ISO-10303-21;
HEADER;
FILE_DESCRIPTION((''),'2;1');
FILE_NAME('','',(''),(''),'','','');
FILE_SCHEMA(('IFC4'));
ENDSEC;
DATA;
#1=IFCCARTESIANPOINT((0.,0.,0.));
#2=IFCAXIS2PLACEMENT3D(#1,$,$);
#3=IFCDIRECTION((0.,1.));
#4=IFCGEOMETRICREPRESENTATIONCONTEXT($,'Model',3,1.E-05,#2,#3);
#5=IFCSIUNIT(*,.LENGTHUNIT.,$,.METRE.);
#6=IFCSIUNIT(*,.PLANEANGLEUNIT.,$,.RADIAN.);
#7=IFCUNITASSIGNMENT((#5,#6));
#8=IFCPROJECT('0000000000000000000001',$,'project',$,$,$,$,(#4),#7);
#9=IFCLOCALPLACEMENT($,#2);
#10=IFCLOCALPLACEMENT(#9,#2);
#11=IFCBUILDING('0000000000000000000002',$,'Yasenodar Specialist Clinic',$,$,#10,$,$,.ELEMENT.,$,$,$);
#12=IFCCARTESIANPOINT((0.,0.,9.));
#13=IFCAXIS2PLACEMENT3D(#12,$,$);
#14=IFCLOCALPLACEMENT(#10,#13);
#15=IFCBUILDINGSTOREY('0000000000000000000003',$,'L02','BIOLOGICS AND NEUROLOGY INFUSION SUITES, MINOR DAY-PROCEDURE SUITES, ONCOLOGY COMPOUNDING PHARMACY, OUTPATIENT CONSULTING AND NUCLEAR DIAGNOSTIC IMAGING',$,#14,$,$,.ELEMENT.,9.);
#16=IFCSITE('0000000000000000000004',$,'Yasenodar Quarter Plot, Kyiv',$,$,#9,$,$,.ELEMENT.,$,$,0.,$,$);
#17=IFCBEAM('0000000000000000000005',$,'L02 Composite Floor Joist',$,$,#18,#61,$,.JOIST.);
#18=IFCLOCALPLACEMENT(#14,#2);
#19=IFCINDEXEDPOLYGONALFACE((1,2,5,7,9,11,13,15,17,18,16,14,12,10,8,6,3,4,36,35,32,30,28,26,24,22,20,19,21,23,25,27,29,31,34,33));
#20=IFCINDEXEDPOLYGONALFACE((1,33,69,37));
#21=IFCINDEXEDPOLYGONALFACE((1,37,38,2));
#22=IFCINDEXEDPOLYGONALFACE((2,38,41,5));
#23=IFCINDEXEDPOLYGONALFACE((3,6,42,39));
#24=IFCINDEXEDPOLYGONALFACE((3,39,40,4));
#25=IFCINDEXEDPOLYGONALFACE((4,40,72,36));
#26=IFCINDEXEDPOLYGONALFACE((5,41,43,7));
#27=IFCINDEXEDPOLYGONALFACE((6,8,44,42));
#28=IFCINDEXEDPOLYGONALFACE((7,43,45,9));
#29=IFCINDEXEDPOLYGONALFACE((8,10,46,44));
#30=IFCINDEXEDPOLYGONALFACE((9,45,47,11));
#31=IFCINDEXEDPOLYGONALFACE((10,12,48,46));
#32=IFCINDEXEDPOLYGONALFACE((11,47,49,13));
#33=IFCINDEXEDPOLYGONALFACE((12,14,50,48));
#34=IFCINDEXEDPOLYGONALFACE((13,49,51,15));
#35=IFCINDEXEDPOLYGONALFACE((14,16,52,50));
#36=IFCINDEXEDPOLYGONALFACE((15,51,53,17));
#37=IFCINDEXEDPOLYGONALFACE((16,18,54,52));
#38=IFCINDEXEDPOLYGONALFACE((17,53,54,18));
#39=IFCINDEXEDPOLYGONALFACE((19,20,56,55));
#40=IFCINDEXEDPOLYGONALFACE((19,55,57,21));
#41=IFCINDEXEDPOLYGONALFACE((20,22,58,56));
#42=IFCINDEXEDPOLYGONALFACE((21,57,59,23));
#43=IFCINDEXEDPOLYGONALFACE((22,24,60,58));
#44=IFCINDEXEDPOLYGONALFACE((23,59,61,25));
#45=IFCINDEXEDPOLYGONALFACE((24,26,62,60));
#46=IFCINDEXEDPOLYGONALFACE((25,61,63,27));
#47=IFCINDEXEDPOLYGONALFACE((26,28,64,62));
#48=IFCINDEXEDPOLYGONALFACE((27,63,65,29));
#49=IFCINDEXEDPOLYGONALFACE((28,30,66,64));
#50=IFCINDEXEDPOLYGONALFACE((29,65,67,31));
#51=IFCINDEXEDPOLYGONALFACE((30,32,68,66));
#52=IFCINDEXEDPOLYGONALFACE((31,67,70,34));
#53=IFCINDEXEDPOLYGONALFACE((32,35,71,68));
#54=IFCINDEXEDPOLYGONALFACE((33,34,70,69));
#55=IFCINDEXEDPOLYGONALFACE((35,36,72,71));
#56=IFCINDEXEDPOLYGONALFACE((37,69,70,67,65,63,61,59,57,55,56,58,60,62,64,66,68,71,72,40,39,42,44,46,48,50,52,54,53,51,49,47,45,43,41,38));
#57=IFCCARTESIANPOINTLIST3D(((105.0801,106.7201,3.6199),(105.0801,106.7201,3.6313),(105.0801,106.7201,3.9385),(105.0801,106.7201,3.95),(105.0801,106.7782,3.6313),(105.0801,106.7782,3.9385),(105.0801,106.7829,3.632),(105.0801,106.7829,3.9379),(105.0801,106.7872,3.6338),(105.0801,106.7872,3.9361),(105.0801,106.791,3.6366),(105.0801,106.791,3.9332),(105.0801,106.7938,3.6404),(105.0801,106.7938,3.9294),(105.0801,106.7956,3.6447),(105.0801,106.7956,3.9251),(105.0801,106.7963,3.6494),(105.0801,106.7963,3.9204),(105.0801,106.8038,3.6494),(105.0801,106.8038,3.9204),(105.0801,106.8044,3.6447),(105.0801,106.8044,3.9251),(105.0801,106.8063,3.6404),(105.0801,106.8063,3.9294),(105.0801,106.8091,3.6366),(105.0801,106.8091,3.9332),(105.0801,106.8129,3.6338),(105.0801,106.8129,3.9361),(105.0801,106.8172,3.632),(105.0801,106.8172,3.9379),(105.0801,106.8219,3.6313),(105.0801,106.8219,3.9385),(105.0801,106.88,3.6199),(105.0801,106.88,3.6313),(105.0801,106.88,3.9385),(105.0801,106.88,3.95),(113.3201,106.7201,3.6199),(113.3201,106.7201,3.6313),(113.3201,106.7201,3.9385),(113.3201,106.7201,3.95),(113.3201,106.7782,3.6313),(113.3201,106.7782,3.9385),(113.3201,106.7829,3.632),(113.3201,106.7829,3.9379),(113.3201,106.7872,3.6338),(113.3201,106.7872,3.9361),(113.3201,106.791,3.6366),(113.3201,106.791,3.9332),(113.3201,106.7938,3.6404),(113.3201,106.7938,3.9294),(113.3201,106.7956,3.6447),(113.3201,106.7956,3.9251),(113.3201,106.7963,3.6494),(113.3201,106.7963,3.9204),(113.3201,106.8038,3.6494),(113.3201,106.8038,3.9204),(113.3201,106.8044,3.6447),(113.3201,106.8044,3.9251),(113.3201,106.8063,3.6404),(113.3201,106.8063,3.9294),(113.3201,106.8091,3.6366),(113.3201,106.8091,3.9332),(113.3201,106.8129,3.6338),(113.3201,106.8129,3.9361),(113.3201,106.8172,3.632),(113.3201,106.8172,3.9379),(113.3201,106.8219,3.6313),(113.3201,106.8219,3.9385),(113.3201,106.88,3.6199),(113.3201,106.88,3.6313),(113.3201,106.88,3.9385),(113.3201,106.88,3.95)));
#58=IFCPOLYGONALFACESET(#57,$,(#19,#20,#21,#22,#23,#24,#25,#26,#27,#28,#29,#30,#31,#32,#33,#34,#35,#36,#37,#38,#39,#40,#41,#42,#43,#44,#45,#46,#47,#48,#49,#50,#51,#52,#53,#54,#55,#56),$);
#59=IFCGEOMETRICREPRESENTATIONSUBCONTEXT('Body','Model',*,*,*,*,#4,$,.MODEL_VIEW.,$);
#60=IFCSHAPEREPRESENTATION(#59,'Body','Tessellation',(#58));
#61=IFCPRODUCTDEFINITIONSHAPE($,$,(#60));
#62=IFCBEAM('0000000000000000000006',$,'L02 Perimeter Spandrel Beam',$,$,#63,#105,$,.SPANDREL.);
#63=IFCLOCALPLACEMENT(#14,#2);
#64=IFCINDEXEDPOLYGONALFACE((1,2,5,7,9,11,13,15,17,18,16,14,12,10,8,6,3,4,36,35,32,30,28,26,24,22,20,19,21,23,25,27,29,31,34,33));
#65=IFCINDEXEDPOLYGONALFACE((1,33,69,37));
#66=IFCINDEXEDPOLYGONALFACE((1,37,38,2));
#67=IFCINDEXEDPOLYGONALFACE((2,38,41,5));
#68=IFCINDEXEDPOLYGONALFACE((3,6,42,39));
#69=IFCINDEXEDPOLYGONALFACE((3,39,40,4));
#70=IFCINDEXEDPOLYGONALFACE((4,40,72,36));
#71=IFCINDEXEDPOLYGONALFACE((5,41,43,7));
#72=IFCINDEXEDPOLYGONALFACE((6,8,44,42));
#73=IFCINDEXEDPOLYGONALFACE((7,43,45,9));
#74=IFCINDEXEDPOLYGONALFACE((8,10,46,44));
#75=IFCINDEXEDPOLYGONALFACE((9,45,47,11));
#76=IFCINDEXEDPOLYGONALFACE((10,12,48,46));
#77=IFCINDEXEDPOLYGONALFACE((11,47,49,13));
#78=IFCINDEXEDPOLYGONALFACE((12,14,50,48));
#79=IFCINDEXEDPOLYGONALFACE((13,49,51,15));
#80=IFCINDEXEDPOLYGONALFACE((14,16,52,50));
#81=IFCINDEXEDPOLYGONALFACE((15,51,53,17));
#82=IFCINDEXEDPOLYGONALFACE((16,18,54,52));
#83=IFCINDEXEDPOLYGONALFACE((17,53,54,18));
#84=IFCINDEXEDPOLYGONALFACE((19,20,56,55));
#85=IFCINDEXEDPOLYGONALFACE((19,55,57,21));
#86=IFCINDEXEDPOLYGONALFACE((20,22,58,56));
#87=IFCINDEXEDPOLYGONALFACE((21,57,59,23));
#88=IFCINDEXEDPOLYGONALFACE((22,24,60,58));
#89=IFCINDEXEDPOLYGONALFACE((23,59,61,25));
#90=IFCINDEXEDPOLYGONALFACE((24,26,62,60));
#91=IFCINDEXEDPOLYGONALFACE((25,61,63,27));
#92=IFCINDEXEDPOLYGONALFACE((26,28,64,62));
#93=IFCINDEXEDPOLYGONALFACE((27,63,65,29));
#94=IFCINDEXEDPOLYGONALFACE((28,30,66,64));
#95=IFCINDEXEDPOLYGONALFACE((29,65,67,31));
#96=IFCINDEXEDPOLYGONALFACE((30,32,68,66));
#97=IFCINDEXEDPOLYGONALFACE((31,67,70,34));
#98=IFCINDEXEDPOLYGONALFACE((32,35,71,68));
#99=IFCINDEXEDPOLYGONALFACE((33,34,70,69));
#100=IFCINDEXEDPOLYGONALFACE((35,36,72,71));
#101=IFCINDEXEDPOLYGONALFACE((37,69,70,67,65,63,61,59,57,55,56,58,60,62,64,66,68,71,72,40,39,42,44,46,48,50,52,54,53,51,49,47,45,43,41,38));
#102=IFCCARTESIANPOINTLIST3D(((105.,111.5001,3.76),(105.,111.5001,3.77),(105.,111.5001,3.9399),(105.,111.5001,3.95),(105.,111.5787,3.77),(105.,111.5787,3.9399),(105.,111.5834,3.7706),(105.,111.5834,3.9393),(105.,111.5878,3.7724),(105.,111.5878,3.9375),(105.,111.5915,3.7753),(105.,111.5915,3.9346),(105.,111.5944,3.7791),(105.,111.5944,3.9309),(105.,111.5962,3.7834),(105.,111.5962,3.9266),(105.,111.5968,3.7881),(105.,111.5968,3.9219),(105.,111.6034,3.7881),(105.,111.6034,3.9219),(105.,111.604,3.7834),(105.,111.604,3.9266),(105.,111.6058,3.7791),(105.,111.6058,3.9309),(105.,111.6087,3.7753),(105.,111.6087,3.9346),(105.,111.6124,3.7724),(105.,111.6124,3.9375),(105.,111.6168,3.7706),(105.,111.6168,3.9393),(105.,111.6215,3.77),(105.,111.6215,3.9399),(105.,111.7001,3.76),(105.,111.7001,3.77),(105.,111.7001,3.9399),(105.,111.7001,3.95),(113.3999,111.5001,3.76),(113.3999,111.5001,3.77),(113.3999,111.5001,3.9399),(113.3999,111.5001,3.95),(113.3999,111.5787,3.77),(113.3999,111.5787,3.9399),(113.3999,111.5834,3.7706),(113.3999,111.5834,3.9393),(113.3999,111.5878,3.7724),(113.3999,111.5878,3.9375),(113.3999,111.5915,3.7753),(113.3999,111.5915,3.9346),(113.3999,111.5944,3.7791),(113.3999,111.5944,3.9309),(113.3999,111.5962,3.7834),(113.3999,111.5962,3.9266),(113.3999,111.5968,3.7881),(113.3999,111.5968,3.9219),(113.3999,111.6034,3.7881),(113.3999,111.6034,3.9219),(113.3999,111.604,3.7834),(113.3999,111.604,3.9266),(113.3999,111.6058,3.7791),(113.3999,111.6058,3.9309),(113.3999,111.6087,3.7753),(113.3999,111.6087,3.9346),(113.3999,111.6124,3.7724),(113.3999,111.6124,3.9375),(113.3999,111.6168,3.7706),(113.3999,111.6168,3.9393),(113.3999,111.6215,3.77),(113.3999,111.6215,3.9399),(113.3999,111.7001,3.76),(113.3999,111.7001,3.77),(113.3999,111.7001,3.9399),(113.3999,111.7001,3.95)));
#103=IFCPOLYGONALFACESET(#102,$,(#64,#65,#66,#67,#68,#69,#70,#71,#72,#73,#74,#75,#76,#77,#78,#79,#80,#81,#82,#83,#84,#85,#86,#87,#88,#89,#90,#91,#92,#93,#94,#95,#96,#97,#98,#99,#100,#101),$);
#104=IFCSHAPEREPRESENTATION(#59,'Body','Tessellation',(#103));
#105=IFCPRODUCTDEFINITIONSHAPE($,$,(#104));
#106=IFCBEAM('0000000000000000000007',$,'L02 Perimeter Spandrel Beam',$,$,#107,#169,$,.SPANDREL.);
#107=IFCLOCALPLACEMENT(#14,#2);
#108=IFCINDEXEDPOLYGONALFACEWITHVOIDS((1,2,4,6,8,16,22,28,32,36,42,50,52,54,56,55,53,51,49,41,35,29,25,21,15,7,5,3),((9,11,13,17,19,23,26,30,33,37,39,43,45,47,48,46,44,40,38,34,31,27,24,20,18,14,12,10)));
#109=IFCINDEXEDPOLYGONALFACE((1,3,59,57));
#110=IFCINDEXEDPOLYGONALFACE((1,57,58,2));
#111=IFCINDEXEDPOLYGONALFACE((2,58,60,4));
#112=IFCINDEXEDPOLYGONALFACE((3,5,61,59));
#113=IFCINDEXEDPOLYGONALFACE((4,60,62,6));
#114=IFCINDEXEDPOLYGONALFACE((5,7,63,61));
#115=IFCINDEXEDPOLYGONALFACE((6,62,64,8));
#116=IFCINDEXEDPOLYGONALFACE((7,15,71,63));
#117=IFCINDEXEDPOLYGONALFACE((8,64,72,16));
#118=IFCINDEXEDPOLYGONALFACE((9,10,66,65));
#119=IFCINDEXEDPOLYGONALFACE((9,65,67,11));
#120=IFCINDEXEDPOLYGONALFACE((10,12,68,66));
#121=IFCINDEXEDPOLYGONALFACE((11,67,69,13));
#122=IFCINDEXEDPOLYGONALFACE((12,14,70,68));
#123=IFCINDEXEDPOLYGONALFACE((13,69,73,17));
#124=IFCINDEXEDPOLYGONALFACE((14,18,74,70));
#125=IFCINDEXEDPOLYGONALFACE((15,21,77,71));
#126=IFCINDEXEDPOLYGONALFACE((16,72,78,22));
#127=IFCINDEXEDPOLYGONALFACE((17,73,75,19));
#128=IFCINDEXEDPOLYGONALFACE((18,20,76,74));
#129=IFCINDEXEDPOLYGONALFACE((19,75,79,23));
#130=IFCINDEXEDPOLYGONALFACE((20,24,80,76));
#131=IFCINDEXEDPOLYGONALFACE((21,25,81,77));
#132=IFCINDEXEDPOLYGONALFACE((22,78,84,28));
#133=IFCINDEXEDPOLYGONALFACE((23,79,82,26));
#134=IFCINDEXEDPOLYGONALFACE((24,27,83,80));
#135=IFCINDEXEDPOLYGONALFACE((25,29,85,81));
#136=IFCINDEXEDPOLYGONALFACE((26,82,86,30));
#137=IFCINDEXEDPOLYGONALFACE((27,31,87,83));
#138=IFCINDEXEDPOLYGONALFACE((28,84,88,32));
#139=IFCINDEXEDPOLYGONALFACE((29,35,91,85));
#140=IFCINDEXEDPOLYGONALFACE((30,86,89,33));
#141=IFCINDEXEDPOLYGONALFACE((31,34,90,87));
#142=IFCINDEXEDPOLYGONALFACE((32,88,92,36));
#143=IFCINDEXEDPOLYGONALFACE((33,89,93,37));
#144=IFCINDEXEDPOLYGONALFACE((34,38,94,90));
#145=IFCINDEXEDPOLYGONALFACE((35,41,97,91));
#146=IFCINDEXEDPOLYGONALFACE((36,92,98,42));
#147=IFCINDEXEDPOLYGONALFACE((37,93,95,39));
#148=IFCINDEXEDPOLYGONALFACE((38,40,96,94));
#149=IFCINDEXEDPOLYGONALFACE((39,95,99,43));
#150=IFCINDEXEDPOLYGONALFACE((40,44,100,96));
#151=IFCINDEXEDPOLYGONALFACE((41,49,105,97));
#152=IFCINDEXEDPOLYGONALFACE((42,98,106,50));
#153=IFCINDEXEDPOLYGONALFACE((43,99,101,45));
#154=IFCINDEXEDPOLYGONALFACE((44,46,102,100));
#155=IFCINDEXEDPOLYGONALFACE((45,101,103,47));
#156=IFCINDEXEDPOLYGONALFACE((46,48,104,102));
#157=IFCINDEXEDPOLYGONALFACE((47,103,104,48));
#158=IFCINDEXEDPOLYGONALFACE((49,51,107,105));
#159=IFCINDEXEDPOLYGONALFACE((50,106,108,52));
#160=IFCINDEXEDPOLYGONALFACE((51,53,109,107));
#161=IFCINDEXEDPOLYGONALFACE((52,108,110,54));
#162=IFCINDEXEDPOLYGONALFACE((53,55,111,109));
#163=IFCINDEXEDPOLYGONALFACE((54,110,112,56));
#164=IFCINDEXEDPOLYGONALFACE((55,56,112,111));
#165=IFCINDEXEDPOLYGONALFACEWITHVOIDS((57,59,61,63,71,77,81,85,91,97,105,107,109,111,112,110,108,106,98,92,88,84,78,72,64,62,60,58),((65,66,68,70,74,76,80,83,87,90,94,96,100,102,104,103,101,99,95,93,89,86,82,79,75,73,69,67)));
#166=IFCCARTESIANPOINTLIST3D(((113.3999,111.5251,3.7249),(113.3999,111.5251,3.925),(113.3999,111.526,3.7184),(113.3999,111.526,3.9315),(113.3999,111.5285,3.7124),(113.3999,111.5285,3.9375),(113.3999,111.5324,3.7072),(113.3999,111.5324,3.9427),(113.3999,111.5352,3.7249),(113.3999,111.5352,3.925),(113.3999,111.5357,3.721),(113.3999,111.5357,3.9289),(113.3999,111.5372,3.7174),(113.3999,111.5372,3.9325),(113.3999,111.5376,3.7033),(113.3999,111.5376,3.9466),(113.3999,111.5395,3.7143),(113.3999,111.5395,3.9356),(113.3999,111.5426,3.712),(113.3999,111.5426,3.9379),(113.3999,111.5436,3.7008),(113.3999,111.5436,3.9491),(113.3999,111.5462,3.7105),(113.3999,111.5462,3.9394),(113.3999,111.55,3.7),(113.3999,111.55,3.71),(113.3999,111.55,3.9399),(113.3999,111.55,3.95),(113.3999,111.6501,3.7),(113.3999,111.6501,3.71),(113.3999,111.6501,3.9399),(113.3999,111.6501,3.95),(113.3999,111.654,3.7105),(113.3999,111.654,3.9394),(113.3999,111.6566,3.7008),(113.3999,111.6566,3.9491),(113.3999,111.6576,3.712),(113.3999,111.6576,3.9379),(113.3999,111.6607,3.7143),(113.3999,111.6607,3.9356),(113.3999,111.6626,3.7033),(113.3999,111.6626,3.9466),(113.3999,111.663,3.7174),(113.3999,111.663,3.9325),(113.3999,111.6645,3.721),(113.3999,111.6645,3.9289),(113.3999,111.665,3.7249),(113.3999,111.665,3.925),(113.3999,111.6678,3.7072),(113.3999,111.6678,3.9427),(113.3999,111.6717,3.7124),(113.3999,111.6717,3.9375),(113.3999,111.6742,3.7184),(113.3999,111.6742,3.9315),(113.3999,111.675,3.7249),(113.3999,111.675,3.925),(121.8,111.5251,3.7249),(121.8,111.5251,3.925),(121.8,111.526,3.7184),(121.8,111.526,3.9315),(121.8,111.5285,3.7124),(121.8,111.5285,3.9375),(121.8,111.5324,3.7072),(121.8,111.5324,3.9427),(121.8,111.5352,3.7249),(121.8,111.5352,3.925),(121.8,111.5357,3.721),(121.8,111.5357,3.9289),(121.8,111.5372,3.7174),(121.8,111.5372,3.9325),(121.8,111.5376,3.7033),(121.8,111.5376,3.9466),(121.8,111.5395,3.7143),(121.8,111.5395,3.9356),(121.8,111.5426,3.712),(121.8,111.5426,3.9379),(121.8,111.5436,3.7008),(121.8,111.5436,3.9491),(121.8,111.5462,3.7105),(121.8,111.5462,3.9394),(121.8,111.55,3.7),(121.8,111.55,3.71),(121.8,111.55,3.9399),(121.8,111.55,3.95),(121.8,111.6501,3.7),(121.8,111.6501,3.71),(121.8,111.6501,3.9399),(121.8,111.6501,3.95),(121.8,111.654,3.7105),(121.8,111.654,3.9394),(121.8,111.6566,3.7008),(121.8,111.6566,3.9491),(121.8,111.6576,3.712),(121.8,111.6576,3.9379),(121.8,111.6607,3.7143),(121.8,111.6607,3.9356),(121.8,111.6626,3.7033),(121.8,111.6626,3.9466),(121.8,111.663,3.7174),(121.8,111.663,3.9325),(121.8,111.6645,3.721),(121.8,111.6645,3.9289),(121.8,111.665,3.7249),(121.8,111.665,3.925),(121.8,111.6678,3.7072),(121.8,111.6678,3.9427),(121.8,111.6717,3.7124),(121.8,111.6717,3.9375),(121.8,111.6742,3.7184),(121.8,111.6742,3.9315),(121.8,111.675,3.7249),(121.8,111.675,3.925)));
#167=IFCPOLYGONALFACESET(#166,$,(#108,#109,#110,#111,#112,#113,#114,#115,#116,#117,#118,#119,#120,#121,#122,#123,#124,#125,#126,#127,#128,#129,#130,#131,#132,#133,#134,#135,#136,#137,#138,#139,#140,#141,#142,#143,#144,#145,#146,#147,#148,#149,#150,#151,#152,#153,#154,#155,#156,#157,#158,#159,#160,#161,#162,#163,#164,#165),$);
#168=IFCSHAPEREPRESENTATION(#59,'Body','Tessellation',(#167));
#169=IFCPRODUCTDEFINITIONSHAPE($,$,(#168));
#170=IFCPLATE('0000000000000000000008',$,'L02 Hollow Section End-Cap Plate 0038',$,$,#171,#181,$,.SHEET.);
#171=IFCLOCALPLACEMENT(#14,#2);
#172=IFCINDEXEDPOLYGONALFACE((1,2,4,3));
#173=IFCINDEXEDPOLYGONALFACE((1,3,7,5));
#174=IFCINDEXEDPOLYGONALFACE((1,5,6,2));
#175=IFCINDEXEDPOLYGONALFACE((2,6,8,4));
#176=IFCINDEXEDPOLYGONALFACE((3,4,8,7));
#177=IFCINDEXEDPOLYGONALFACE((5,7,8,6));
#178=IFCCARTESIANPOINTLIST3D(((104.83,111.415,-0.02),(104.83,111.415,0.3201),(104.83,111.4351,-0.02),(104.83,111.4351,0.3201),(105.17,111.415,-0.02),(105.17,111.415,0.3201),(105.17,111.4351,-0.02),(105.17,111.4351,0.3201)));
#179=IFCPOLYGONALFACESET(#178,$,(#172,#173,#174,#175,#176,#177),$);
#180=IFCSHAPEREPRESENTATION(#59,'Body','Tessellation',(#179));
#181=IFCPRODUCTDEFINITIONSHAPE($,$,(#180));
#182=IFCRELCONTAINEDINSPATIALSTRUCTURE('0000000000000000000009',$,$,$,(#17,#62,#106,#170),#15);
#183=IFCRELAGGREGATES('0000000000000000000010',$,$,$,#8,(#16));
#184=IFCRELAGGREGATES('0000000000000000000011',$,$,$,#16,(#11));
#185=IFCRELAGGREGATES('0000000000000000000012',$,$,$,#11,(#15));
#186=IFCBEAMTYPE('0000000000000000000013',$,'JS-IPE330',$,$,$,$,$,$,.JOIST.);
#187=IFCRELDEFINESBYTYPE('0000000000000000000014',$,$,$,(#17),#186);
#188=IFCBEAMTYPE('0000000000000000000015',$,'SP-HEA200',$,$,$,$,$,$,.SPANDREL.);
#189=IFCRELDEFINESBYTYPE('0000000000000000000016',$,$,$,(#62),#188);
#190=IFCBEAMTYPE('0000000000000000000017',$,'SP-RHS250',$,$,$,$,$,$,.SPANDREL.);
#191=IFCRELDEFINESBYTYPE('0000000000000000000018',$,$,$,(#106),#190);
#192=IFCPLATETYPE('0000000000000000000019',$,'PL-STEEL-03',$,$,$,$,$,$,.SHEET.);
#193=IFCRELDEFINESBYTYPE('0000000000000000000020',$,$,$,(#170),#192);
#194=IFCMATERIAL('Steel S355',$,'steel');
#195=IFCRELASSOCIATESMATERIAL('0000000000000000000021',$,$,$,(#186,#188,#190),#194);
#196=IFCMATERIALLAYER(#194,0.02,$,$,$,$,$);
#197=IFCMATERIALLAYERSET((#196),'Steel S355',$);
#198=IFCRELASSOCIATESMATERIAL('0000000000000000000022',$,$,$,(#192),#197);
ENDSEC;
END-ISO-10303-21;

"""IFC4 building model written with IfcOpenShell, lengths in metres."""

from ifc_helpers import new_model, si_unit, direction, frame, origin, origin_2d, place, context, subcontext, project, spatial, rectangle, hollow_rectangle, i_section, extrude, material, layer, layer_set, material_profile, profile_set, type_object, element, save


model = new_model("IFC4")

# Units and contexts
model_context = context("Model", 3, precision=1e-05, world=origin(), true_north=direction((0.0, 1.0)))
body_context = subcontext(model_context, "Body", "Model", "MODEL_VIEW")
ifc_project = project(units=[si_unit("LENGTHUNIT", "METRE"), si_unit("PLANEANGLEUNIT", "RADIAN")], contexts=[model_context])

# Site, building, storey
site_placement = place(None, origin())
site = spatial("IfcSite", under=ifc_project, at=site_placement, Name="Yasenodar Quarter Plot, Kyiv", CompositionType="ELEMENT", RefElevation=0.0)
building_placement = place(site_placement, origin())
building = spatial("IfcBuilding", under=site, at=building_placement, Name="Yasenodar Specialist Clinic", CompositionType="ELEMENT")
storey_placement = place(building_placement, frame((0.0, 0.0, 9.0)))
storey = spatial("IfcBuildingStorey", under=building, at=storey_placement, Name="L02", Description="BIOLOGICS AND NEUROLOGY INFUSION SUITES, MINOR DAY-PROCEDURE SUITES, ONCOLOGY COMPOUNDING PHARMACY, OUTPATIENT CONSULTING AND NUCLEAR DIAGNOSTIC IMAGING", CompositionType="ELEMENT", Elevation=9.0)

# Shared definitions
ifc_material_1 = material(Name="Steel S355", Category="steel")

# Beams
ifc_material_profile_1 = material_profile(ifc_material_1, i_section(OverallWidth=0.1599, OverallDepth=0.3301, WebThickness=0.0076, FlangeThickness=0.0115, FilletRadius=0.0181, at=origin_2d()), Name="IPE 330")
ifc_profile_set_1 = profile_set([ifc_material_profile_1], Name="Steel S355")
beam_type_1 = type_object("IfcBeamType", Name="JS-IPE330", PredefinedType="JOIST", material=ifc_profile_set_1)
beam_1_placement = place(storey_placement, frame((105.0801, 106.8, 3.7849), z_axis=(1.0, 0.0, 0.0), x_axis=(0.0, 1.0, 0.0)))
element("IfcBeam", 1, at=beam_1_placement, inside=storey, type_object=beam_type_1, Name="L02 Composite Floor Joist", PredefinedType="JOIST", context=body_context, shape_type="SweptSolid", body=[
    extrude(i_section(OverallWidth=0.1599, OverallDepth=0.3301, WebThickness=0.0076, FlangeThickness=0.0115, FilletRadius=0.0181, at=origin_2d()), origin(), (0.0, 0.0, 1.0), 8.24),
])
ifc_material_profile_2 = material_profile(ifc_material_1, i_section(OverallWidth=0.2, OverallDepth=0.1899, WebThickness=0.0066, FlangeThickness=0.01, FilletRadius=0.0181, at=origin_2d()), Name="HEA 200")
ifc_profile_set_2 = profile_set([ifc_material_profile_2], Name="Steel S355")
beam_type_2 = type_object("IfcBeamType", Name="SP-HEA200", PredefinedType="SPANDREL", material=ifc_profile_set_2)
beam_2_placement = place(storey_placement, frame((105.0, 111.6001, 3.855), z_axis=(1.0, 0.0, 0.0), x_axis=(0.0, 1.0, 0.0)))
element("IfcBeam", 2, at=beam_2_placement, inside=storey, type_object=beam_type_2, Name="L02 Perimeter Spandrel Beam", PredefinedType="SPANDREL", context=body_context, shape_type="SweptSolid", body=[
    extrude(i_section(OverallWidth=0.2, OverallDepth=0.1899, WebThickness=0.0066, FlangeThickness=0.01, FilletRadius=0.0181, at=origin_2d()), origin(), (0.0, 0.0, 1.0), 8.3999),
])
ifc_material_profile_3 = material_profile(ifc_material_1, hollow_rectangle(XDim=0.1499, YDim=0.25, WallThickness=0.01, InnerFilletRadius=0.0149, OuterFilletRadius=0.0249, at=origin_2d()), Name="RHS 250x150x10")
ifc_profile_set_3 = profile_set([ifc_material_profile_3], Name="Steel S355")
beam_type_3 = type_object("IfcBeamType", Name="SP-RHS250", PredefinedType="SPANDREL", material=ifc_profile_set_3)
beam_3_placement = place(storey_placement, frame((113.3999, 111.6001, 3.825), z_axis=(1.0, 0.0, 0.0), x_axis=(0.0, 1.0, 0.0)))
element("IfcBeam", 3, at=beam_3_placement, inside=storey, type_object=beam_type_3, Name="L02 Perimeter Spandrel Beam", PredefinedType="SPANDREL", context=body_context, shape_type="SweptSolid", body=[
    extrude(hollow_rectangle(XDim=0.1499, YDim=0.25, WallThickness=0.01, InnerFilletRadius=0.0149, OuterFilletRadius=0.0249, at=origin_2d()), origin(), (0.0, 0.0, 1.0), 8.4001),
])

# Plate
ifc_layer_1 = layer(ifc_material_1, 0.02)
ifc_layer_set_1 = layer_set([ifc_layer_1], Name="Steel S355")
plate_type_1 = type_object("IfcPlateType", Name="PL-STEEL-03", PredefinedType="SHEET", material=ifc_layer_set_1)
plate_1_placement = place(storey_placement, frame((105.0, 111.425, -0.02), z_axis=(0.0, 0.0, 1.0), x_axis=(1.0, 0.0, 0.0)))
element("IfcPlate", 4, at=plate_1_placement, inside=storey, type_object=plate_type_1, Name="L02 Hollow Section End-Cap Plate 0038", PredefinedType="SHEET", context=body_context, shape_type="SweptSolid", body=[
    extrude(rectangle(XDim=0.3401, YDim=0.02, at=origin_2d()), origin(), (0.0, 0.0, 1.0), 0.3401),
])

save(model, "model.ifc")
